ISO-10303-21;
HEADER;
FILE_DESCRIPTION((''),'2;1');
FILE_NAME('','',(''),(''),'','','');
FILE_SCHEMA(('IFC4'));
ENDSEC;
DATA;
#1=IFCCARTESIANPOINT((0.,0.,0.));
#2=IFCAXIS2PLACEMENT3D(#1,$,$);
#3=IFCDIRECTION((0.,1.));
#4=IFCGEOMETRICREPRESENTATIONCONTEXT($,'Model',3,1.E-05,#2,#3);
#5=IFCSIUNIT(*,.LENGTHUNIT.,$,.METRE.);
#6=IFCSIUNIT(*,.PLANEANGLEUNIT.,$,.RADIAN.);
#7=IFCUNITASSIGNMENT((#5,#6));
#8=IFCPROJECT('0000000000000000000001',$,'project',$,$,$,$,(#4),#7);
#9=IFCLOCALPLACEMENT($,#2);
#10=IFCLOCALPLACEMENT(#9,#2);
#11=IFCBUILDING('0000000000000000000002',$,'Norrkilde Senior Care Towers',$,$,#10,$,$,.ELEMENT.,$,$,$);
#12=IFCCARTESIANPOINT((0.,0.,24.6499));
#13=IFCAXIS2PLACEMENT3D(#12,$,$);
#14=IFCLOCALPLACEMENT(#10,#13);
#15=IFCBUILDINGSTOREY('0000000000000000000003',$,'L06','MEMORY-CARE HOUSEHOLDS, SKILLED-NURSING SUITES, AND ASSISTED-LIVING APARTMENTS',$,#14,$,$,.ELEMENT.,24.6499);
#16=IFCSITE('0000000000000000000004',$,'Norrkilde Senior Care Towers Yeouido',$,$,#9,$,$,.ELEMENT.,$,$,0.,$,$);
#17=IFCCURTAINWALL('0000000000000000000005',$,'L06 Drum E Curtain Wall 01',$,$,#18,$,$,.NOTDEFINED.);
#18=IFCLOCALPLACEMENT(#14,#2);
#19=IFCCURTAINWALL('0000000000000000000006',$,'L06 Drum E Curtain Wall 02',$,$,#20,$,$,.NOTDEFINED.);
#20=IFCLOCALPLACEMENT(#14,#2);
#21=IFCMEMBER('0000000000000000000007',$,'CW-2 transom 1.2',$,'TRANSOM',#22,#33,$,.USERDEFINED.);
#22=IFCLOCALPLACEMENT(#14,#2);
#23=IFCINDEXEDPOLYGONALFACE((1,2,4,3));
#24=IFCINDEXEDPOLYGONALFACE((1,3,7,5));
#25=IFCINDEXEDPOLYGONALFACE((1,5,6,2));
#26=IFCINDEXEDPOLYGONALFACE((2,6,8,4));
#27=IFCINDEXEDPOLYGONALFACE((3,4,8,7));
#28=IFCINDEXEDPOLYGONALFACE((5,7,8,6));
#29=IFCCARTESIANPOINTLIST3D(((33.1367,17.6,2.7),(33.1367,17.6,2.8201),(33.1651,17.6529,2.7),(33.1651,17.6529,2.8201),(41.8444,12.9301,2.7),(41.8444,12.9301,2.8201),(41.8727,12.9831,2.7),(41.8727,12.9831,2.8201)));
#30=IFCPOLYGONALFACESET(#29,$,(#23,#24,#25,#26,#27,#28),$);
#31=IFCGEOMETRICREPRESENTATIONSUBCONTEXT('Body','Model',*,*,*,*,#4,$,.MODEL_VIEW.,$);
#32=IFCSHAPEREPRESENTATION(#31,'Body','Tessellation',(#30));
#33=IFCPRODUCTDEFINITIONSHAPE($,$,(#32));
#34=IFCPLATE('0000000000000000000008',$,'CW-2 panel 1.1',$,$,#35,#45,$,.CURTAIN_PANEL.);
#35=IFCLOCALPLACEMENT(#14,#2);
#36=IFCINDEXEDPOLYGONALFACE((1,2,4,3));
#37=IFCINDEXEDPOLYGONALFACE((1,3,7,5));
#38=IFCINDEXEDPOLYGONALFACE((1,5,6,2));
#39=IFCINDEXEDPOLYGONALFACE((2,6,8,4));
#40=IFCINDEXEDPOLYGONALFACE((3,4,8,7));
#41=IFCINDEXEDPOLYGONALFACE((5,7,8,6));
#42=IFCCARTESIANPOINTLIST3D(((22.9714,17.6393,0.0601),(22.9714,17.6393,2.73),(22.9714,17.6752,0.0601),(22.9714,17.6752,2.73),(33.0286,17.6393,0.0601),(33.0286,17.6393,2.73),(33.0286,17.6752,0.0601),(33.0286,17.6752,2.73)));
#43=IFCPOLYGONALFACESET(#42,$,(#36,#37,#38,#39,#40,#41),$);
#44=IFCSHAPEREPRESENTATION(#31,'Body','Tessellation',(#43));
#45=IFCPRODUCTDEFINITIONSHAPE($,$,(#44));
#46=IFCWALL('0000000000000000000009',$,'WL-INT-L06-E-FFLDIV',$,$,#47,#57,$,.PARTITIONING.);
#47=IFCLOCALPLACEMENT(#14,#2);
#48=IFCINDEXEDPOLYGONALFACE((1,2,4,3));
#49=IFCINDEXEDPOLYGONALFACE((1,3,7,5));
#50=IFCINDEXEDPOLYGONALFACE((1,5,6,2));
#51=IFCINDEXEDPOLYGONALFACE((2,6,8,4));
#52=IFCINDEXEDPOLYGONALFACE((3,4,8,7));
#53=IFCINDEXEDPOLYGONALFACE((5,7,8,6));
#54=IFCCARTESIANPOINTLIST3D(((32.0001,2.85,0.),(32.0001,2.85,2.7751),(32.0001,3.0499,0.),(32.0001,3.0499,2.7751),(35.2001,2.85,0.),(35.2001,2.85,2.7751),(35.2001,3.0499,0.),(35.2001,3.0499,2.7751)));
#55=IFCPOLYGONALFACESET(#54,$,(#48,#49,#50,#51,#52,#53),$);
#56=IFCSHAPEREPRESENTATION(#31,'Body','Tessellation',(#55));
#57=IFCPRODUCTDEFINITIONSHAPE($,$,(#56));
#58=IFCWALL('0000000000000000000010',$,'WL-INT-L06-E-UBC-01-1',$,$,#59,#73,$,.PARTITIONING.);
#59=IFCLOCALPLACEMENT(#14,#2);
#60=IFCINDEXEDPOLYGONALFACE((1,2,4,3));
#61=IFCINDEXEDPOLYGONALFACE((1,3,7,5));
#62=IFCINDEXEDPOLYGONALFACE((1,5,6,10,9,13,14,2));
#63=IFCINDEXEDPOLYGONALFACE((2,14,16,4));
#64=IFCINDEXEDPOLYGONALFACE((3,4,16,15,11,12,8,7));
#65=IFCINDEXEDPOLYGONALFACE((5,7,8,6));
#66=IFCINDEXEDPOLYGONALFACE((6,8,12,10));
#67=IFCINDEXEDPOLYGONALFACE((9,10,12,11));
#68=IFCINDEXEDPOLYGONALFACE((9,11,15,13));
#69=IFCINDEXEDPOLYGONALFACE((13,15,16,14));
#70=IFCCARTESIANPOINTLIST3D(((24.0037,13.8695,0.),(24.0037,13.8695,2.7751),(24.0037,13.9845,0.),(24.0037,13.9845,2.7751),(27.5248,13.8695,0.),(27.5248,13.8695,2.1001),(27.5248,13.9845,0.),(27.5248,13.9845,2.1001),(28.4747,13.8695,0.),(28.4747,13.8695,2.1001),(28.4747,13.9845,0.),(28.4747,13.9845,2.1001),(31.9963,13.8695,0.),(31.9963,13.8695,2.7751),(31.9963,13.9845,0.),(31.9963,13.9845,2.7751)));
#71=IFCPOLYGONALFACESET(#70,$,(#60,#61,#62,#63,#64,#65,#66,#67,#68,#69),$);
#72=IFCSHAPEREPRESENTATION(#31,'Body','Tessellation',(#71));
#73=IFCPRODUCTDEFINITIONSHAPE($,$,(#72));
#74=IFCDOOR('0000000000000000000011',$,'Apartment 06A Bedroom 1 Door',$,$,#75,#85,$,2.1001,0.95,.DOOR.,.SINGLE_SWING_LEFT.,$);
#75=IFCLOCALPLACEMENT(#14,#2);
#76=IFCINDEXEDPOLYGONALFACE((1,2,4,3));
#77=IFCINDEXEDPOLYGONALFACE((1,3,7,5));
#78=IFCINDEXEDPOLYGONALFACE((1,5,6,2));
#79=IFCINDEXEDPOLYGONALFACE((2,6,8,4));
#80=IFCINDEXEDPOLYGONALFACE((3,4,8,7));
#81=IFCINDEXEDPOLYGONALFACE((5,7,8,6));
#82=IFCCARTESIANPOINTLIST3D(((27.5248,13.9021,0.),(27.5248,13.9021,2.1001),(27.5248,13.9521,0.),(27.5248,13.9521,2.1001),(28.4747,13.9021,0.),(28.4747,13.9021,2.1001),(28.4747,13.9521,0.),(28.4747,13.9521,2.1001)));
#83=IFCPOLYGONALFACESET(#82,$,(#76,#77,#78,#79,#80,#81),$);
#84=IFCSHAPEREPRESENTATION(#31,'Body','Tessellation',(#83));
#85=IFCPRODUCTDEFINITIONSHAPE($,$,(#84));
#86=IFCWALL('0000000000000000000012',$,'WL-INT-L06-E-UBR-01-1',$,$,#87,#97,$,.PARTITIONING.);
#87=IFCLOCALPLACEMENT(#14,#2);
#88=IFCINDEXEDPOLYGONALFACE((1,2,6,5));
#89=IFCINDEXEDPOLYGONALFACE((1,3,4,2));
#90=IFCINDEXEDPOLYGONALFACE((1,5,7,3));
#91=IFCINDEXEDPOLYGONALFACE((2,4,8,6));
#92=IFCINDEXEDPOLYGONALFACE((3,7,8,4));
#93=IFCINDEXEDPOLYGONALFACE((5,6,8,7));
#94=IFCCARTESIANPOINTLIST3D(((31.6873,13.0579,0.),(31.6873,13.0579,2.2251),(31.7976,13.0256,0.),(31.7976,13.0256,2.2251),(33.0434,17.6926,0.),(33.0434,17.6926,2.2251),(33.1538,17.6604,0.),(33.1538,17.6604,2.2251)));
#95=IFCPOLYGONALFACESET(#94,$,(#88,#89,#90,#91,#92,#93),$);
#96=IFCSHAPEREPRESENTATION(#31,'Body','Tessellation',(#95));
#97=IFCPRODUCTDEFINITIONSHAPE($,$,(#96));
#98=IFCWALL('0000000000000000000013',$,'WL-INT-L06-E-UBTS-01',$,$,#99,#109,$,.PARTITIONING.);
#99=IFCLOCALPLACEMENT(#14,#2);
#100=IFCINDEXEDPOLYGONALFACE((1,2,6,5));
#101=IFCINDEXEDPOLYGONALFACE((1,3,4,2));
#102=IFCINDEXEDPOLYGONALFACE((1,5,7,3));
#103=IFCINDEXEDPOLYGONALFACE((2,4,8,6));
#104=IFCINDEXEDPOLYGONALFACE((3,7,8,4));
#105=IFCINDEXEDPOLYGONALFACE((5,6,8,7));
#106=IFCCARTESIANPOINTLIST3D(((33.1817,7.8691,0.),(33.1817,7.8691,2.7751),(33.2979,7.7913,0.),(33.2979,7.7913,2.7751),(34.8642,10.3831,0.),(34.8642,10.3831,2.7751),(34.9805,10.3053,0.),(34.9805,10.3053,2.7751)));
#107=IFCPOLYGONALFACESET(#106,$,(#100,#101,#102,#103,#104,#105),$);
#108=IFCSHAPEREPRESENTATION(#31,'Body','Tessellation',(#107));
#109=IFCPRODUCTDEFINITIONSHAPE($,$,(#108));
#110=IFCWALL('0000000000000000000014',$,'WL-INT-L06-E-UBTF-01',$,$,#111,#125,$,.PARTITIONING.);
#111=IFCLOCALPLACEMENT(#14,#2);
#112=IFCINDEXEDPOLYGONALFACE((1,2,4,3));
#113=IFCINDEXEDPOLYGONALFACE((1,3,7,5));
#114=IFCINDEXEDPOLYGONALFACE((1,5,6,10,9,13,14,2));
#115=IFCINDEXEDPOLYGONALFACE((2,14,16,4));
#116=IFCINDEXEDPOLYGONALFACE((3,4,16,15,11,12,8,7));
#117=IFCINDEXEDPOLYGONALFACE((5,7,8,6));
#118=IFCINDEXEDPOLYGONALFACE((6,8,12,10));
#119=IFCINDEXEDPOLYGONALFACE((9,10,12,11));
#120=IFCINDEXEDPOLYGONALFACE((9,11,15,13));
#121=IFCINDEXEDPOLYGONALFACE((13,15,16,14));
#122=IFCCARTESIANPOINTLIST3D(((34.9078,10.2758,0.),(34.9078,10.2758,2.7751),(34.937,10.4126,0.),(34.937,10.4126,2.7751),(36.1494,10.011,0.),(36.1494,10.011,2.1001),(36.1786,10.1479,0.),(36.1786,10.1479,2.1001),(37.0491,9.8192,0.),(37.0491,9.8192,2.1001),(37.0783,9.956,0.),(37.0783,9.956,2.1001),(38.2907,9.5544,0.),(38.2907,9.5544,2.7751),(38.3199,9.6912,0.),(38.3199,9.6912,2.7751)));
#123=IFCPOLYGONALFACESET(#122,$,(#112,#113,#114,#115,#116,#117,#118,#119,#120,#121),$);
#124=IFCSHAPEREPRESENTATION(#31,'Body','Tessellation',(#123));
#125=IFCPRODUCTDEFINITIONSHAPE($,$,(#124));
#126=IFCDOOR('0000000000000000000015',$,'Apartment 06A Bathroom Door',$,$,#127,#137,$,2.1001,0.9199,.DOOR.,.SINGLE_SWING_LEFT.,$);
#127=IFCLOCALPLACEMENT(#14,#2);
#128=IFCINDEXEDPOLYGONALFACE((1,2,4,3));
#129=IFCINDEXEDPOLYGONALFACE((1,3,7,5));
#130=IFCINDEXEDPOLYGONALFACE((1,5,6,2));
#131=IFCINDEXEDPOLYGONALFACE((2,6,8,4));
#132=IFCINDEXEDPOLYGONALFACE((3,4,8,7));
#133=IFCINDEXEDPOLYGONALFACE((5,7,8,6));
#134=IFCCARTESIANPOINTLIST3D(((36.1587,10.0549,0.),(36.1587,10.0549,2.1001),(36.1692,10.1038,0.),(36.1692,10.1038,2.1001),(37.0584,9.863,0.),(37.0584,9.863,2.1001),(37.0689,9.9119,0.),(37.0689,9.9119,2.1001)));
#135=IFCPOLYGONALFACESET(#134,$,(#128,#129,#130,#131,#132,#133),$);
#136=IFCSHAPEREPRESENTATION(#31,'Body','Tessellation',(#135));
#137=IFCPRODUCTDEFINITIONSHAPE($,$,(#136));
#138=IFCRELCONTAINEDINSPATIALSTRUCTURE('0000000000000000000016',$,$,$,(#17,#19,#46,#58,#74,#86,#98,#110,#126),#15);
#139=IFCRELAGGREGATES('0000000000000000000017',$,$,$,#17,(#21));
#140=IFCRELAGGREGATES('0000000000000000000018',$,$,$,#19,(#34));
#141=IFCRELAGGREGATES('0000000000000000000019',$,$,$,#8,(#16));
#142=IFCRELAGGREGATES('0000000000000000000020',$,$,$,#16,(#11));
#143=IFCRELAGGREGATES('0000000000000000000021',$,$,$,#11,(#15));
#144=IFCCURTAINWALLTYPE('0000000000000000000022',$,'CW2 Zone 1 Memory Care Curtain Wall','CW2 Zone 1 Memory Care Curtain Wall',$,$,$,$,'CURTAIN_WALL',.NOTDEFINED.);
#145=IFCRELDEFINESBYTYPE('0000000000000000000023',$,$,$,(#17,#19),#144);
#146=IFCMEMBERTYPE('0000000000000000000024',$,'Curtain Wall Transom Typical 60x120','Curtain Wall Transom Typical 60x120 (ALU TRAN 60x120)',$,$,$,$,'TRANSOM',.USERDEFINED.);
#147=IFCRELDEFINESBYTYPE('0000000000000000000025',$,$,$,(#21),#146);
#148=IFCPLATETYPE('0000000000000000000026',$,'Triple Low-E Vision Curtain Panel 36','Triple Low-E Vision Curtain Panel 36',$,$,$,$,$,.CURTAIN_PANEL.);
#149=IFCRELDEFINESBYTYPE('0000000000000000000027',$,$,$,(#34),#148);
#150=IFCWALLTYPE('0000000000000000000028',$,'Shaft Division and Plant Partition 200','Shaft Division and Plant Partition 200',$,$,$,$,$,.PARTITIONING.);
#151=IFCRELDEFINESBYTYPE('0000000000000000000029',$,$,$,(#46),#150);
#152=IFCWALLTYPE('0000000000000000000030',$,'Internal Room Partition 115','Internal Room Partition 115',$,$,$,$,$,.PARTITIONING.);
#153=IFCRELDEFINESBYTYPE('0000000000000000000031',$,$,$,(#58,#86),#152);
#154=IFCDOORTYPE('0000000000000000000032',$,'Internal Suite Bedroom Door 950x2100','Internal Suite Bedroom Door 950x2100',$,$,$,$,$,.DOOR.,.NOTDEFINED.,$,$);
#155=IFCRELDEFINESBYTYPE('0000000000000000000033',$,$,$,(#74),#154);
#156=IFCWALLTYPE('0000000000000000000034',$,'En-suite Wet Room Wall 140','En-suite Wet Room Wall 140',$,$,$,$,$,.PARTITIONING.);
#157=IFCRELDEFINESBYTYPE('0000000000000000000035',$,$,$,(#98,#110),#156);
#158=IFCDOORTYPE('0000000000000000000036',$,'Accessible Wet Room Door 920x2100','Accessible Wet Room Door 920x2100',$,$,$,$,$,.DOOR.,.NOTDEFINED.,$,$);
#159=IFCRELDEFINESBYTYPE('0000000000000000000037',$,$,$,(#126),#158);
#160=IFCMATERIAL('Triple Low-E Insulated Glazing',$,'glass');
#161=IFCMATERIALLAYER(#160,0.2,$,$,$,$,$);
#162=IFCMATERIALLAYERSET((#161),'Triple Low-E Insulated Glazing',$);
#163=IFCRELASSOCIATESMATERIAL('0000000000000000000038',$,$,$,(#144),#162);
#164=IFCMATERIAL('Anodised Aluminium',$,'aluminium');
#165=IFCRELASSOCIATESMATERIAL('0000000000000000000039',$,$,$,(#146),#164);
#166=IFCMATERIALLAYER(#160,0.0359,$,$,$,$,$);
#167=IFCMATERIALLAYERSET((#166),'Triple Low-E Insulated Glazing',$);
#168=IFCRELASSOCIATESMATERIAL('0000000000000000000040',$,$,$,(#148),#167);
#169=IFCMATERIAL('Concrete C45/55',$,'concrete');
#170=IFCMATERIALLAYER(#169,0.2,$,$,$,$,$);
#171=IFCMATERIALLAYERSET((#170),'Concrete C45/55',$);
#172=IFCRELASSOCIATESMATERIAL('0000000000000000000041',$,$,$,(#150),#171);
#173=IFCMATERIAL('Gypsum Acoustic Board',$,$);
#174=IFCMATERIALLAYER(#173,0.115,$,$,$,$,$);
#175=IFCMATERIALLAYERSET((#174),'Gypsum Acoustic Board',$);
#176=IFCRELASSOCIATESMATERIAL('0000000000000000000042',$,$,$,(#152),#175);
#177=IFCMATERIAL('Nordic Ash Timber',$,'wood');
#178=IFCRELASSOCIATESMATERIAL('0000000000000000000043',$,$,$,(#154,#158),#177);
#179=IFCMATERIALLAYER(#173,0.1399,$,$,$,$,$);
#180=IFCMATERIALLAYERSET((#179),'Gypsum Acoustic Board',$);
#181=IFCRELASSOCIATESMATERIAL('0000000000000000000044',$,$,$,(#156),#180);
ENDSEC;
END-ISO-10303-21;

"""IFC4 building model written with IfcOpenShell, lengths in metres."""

from ifc_helpers import new_model, si_unit, direction, frame, frame_2d, origin, origin_2d, place, context, subcontext, project, spatial, rectangle, extrude, source, transform, mapped, material, layer, layer_set, material_profile, profile_set, type_object, type_shapes, element, fill, aggregate, save


model = new_model("IFC4")

# Units and contexts
model_context = context("Model", 3, precision=1e-05, world=origin(), true_north=direction((0.0, 1.0)))
body_context = subcontext(model_context, "Body", "Model", "MODEL_VIEW")
ifc_project = project(units=[si_unit("LENGTHUNIT", "METRE"), si_unit("PLANEANGLEUNIT", "RADIAN")], contexts=[model_context])

# Site, building, storey
site_placement = place(None, origin())
site = spatial("IfcSite", under=ifc_project, at=site_placement, Name="Norrkilde Senior Care Towers Yeouido", CompositionType="ELEMENT", RefElevation=0.0)
building_placement = place(site_placement, origin())
building = spatial("IfcBuilding", under=site, at=building_placement, Name="Norrkilde Senior Care Towers", CompositionType="ELEMENT")
storey_placement = place(building_placement, frame((0.0, 0.0, 24.6499)))
storey = spatial("IfcBuildingStorey", under=building, at=storey_placement, Name="L06", Description="MEMORY-CARE HOUSEHOLDS, SKILLED-NURSING SUITES, AND ASSISTED-LIVING APARTMENTS", CompositionType="ELEMENT", Elevation=24.6499)

# Curtain walls
ifc_material_1 = material(Name="Triple Low-E Insulated Glazing", Category="glass")
ifc_layer_1 = layer(ifc_material_1, 0.2)
ifc_layer_set_1 = layer_set([ifc_layer_1], Name="Triple Low-E Insulated Glazing")
curtain_wall_type = type_object("IfcCurtainWallType", Name="CW2 Zone 1 Memory Care Curtain Wall", Description="CW2 Zone 1 Memory Care Curtain Wall", ElementType="CURTAIN_WALL", PredefinedType="NOTDEFINED", material=ifc_layer_set_1)
curtain_wall_1_placement = place(storey_placement, origin())
curtain_wall_1 = element("IfcCurtainWall", 1, at=curtain_wall_1_placement, inside=storey, type_object=curtain_wall_type, Name="L06 Drum E Curtain Wall 01", PredefinedType="NOTDEFINED")
ifc_material_2 = material(Name="Anodised Aluminium", Category="aluminium")
curtain_wall_2_placement = place(storey_placement, origin())
curtain_wall_2 = element("IfcCurtainWall", 2, at=curtain_wall_2_placement, inside=storey, type_object=curtain_wall_type, Name="L06 Drum E Curtain Wall 02", PredefinedType="NOTDEFINED")

# Member
ifc_material_profile_1 = material_profile(ifc_material_2, rectangle(XDim=0.0601, YDim=0.1201, at=origin_2d()), Name="ALU TRAN 60x120")
ifc_profile_set_1 = profile_set([ifc_material_profile_1], Name="Anodised Aluminium")
member_type_1 = type_object("IfcMemberType", Name="Curtain Wall Transom Typical 60x120", Description="Curtain Wall Transom Typical 60x120 (ALU TRAN 60x120)", ElementType="TRANSOM", PredefinedType="USERDEFINED", material=ifc_profile_set_1)
shared_shape_1 = source(origin(), body_context, "Body", "SweptSolid", [
    extrude(rectangle(XDim=0.0601, YDim=0.1201, at=origin_2d()), origin(), (0.0, 0.0, 1.0), 9.8809),
])
type_shapes(member_type_1, [shared_shape_1])
member_1_placement = place(storey_placement, frame((33.1509, 17.6265, 2.76), z_axis=(0.881267, -0.472618, 0.0), x_axis=(0.472618, 0.881267, 0.0)))
member_1 = element("IfcMember", 3, at=member_1_placement, type_object=member_type_1, Name="CW-2 transom 1.2", ObjectType="TRANSOM", PredefinedType="USERDEFINED", context=body_context, shape_type="MappedRepresentation", body=[
    mapped(shared_shape_1, transform((0.0, 0.0, 0.0), x_axis=(1.0, 0.0, 0.0), y_axis=(0.0, 1.0, 0.0), z_axis=(0.0, 0.0, 1.0), scale=1.0)),
])
aggregate(curtain_wall_1, [member_1])

# Plate
ifc_layer_2 = layer(ifc_material_1, 0.0359)
ifc_layer_set_2 = layer_set([ifc_layer_2], Name="Triple Low-E Insulated Glazing")
plate_type = type_object("IfcPlateType", Name="Triple Low-E Vision Curtain Panel 36", Description="Triple Low-E Vision Curtain Panel 36", PredefinedType="CURTAIN_PANEL", material=ifc_layer_set_2)
shared_shape_2 = source(origin(), body_context, "Body", "SweptSolid", [
    extrude(rectangle(XDim=10.0571, YDim=0.0359, at=origin_2d()), origin(), (0.0, 0.0, 1.0), 2.6699),
])
type_shapes(plate_type, [shared_shape_2])
plate_placement = place(storey_placement, frame((28.0, 17.6572, 0.0601), z_axis=(0.0, 0.0, 1.0), x_axis=(1.0, 0.0, 0.0)))
plate = element("IfcPlate", 4, at=plate_placement, type_object=plate_type, Name="CW-2 panel 1.1", PredefinedType="CURTAIN_PANEL", context=body_context, shape_type="MappedRepresentation", body=[
    mapped(shared_shape_2, transform((0.0, 0.0, 0.0), x_axis=(1.0, 0.0, 0.0), y_axis=(0.0, 1.0, 0.0), z_axis=(0.0, 0.0, 1.0), scale=1.0)),
])
aggregate(curtain_wall_2, [plate])

# Shared definitions
ifc_material_3 = material(Name="Concrete C45/55", Category="concrete")

# Wall
ifc_layer_3 = layer(ifc_material_3, 0.2)
ifc_layer_set_3 = layer_set([ifc_layer_3], Name="Concrete C45/55")
wall_type_1 = type_object("IfcWallType", Name="Shaft Division and Plant Partition 200", Description="Shaft Division and Plant Partition 200", PredefinedType="PARTITIONING", material=ifc_layer_set_3)
shared_shape_3 = source(origin(), body_context, "Body", "SweptSolid", [
    extrude(rectangle(XDim=3.2, YDim=0.2, at=frame_2d((1.6001, 0.0))), origin(), (0.0, 0.0, 1.0), 2.7751),
])
type_shapes(wall_type_1, [shared_shape_3])
wall_1_placement = place(storey_placement, frame((32.0, 2.95, 0.0), z_axis=(0.0, 0.0, 1.0), x_axis=(1.0, 0.0, 0.0)))
element("IfcWall", 5, at=wall_1_placement, inside=storey, type_object=wall_type_1, Name="WL-INT-L06-E-FFLDIV", PredefinedType="PARTITIONING", context=body_context, shape_type="MappedRepresentation", body=[
    mapped(shared_shape_3, transform((0.0, 0.0, 0.0), x_axis=(1.0, 0.0, 0.0), y_axis=(0.0, 1.0, 0.0), z_axis=(0.0, 0.0, 1.0), scale=1.0)),
])

# Wall, opening, door
ifc_material_4 = material(Name="Gypsum Acoustic Board")
ifc_layer_4 = layer(ifc_material_4, 0.115)
ifc_layer_set_4 = layer_set([ifc_layer_4], Name="Gypsum Acoustic Board")
wall_type_2 = type_object("IfcWallType", Name="Internal Room Partition 115", Description="Internal Room Partition 115", PredefinedType="PARTITIONING", material=ifc_layer_set_4)
shared_shape_4 = source(origin(), body_context, "Body", "SweptSolid", [
    extrude(rectangle(XDim=7.9927, YDim=0.115, at=frame_2d((3.9963, 0.0))), origin(), (0.0, 0.0, 1.0), 2.7751),
])
wall_2_placement = place(storey_placement, frame((31.9963, 13.927, 0.0), z_axis=(0.0, 0.0, 1.0), x_axis=(-1.0, 0.0, 0.0)))
wall_2 = element("IfcWall", 6, at=wall_2_placement, inside=storey, type_object=wall_type_2, Name="WL-INT-L06-E-UBC-01-1", PredefinedType="PARTITIONING", context=body_context, shape_type="MappedRepresentation", body=[
    mapped(shared_shape_4, transform((0.0, 0.0, 0.0), x_axis=(1.0, 0.0, 0.0), y_axis=(0.0, 1.0, 0.0), z_axis=(0.0, 0.0, 1.0), scale=1.0)),
])
opening_1_placement = place(wall_2_placement, frame((3.5215, 0.0, 0.0)))
opening_1 = element("IfcOpeningElement", 7, at=opening_1_placement, cuts=wall_2, PredefinedType="OPENING", context=body_context, shape_type="SweptSolid", body=[
    extrude(rectangle(XDim=0.95, YDim=2.1001, at=frame_2d((0.4751, 1.05))), frame((0.0, 0.0674, 0.0), z_axis=(0.0, -1.0, 0.0), x_axis=(1.0, 0.0, 0.0)), (0.0, 0.0, 1.0), 0.135),
])
ifc_material_5 = material(Name="Nordic Ash Timber", Category="wood")
door_type_1 = type_object("IfcDoorType", Name="Internal Suite Bedroom Door 950x2100", Description="Internal Suite Bedroom Door 950x2100", OperationType="NOTDEFINED", PredefinedType="DOOR", material=ifc_material_5)
shared_shape_5 = source(origin(), body_context, "Body", "SweptSolid", [
    extrude(rectangle(XDim=0.95, YDim=2.1001, at=frame_2d((0.4751, 1.05))), frame((0.0, 0.0249, 0.0), z_axis=(0.0, -1.0, 0.0), x_axis=(1.0, 0.0, 0.0)), (0.0, 0.0, 1.0), 0.05),
])
type_shapes(door_type_1, [shared_shape_5])
door_1_placement = place(opening_1_placement, origin())
door_1 = element("IfcDoor", 8, at=door_1_placement, inside=storey, type_object=door_type_1, Name="Apartment 06A Bedroom 1 Door", OperationType="SINGLE_SWING_LEFT", OverallHeight=2.1001, OverallWidth=0.95, PredefinedType="DOOR", context=body_context, shape_type="MappedRepresentation", body=[
    mapped(shared_shape_5, transform((0.0, 0.0, 0.0), x_axis=(1.0, 0.0, 0.0), y_axis=(0.0, 1.0, 0.0), z_axis=(0.0, 0.0, 1.0), scale=1.0)),
])
fill(opening_1, door_1)

# Walls
shared_shape_6 = source(origin(), body_context, "Body", "SweptSolid", [
    extrude(rectangle(XDim=4.8291, YDim=0.115, at=frame_2d((2.4146, 0.0))), origin(), (0.0, 0.0, 1.0), 2.2251),
])
wall_3_placement = place(storey_placement, frame((31.7424, 13.0417, 0.0), z_axis=(0.0, 0.0, 1.0), x_axis=(0.280839, 0.959755, 0.0)))
element("IfcWall", 9, at=wall_3_placement, inside=storey, type_object=wall_type_2, Name="WL-INT-L06-E-UBR-01-1", PredefinedType="PARTITIONING", context=body_context, shape_type="MappedRepresentation", body=[
    mapped(shared_shape_6, transform((0.0, 0.0, 0.0), x_axis=(1.0, 0.0, 0.0), y_axis=(0.0, 1.0, 0.0), z_axis=(0.0, 0.0, 1.0), scale=1.0)),
])
ifc_layer_5 = layer(ifc_material_4, 0.1399)
ifc_layer_set_5 = layer_set([ifc_layer_5], Name="Gypsum Acoustic Board")
wall_type_3 = type_object("IfcWallType", Name="En-suite Wet Room Wall 140", Description="En-suite Wet Room Wall 140", PredefinedType="PARTITIONING", material=ifc_layer_set_5)
shared_shape_7 = source(origin(), body_context, "Body", "SweptSolid", [
    extrude(rectangle(XDim=3.0251, YDim=0.1399, at=frame_2d((1.5127, 0.0))), origin(), (0.0, 0.0, 1.0), 2.7751),
])
wall_4_placement = place(storey_placement, frame((33.2397, 7.8301, 0.0), z_axis=(0.0, 0.0, 1.0), x_axis=(0.556189, 0.831056, 0.0)))
element("IfcWall", 10, at=wall_4_placement, inside=storey, type_object=wall_type_3, Name="WL-INT-L06-E-UBTS-01", PredefinedType="PARTITIONING", context=body_context, shape_type="MappedRepresentation", body=[
    mapped(shared_shape_7, transform((0.0, 0.0, 0.0), x_axis=(1.0, 0.0, 0.0), y_axis=(0.0, 1.0, 0.0), z_axis=(0.0, 0.0, 1.0), scale=1.0)),
])

# Wall, opening, door
shared_shape_8 = source(origin(), body_context, "Body", "SweptSolid", [
    extrude(rectangle(XDim=3.459, YDim=0.1399, at=frame_2d((1.7295, 0.0))), origin(), (0.0, 0.0, 1.0), 2.7751),
])
type_shapes(wall_type_3, [shared_shape_7, shared_shape_8])
wall_5_placement = place(storey_placement, frame((34.9224, 10.3442, 0.0), z_axis=(0.0, 0.0, 1.0), x_axis=(0.978006, -0.208575, 0.0)))
wall_5 = element("IfcWall", 11, at=wall_5_placement, inside=storey, type_object=wall_type_3, Name="WL-INT-L06-E-UBTF-01", PredefinedType="PARTITIONING", context=body_context, shape_type="MappedRepresentation", body=[
    mapped(shared_shape_8, transform((0.0, 0.0, 0.0), x_axis=(1.0, 0.0, 0.0), y_axis=(0.0, 1.0, 0.0), z_axis=(0.0, 0.0, 1.0), scale=1.0)),
])
opening_2_placement = place(wall_5_placement, frame((1.2695, 0.0, 0.0)))
opening_2 = element("IfcOpeningElement", 12, at=opening_2_placement, cuts=wall_5, PredefinedType="OPENING", context=body_context, shape_type="SweptSolid", body=[
    extrude(rectangle(XDim=0.9199, YDim=2.1001, at=frame_2d((0.46, 1.05))), frame((0.0, 0.0798, 0.0), z_axis=(0.0, -1.0, 0.0), x_axis=(1.0, 0.0, 0.0)), (0.0, 0.0, 1.0), 0.1599),
])
door_type_2 = type_object("IfcDoorType", Name="Accessible Wet Room Door 920x2100", Description="Accessible Wet Room Door 920x2100", OperationType="NOTDEFINED", PredefinedType="DOOR", material=ifc_material_5)
shared_shape_9 = source(origin(), body_context, "Body", "SweptSolid", [
    extrude(rectangle(XDim=0.9199, YDim=2.1001, at=frame_2d((0.46, 1.05))), frame((0.0, 0.0249, 0.0), z_axis=(0.0, -1.0, 0.0), x_axis=(1.0, 0.0, 0.0)), (0.0, 0.0, 1.0), 0.05),
])
type_shapes(door_type_2, [shared_shape_9])
door_2_placement = place(opening_2_placement, origin())
door_2 = element("IfcDoor", 13, at=door_2_placement, inside=storey, type_object=door_type_2, Name="Apartment 06A Bathroom Door", OperationType="SINGLE_SWING_LEFT", OverallHeight=2.1001, OverallWidth=0.9199, PredefinedType="DOOR", context=body_context, shape_type="MappedRepresentation", body=[
    mapped(shared_shape_9, transform((0.0, 0.0, 0.0), x_axis=(1.0, 0.0, 0.0), y_axis=(0.0, 1.0, 0.0), z_axis=(0.0, 0.0, 1.0), scale=1.0)),
])
fill(opening_2, door_2)

save(model, "model.ifc")
